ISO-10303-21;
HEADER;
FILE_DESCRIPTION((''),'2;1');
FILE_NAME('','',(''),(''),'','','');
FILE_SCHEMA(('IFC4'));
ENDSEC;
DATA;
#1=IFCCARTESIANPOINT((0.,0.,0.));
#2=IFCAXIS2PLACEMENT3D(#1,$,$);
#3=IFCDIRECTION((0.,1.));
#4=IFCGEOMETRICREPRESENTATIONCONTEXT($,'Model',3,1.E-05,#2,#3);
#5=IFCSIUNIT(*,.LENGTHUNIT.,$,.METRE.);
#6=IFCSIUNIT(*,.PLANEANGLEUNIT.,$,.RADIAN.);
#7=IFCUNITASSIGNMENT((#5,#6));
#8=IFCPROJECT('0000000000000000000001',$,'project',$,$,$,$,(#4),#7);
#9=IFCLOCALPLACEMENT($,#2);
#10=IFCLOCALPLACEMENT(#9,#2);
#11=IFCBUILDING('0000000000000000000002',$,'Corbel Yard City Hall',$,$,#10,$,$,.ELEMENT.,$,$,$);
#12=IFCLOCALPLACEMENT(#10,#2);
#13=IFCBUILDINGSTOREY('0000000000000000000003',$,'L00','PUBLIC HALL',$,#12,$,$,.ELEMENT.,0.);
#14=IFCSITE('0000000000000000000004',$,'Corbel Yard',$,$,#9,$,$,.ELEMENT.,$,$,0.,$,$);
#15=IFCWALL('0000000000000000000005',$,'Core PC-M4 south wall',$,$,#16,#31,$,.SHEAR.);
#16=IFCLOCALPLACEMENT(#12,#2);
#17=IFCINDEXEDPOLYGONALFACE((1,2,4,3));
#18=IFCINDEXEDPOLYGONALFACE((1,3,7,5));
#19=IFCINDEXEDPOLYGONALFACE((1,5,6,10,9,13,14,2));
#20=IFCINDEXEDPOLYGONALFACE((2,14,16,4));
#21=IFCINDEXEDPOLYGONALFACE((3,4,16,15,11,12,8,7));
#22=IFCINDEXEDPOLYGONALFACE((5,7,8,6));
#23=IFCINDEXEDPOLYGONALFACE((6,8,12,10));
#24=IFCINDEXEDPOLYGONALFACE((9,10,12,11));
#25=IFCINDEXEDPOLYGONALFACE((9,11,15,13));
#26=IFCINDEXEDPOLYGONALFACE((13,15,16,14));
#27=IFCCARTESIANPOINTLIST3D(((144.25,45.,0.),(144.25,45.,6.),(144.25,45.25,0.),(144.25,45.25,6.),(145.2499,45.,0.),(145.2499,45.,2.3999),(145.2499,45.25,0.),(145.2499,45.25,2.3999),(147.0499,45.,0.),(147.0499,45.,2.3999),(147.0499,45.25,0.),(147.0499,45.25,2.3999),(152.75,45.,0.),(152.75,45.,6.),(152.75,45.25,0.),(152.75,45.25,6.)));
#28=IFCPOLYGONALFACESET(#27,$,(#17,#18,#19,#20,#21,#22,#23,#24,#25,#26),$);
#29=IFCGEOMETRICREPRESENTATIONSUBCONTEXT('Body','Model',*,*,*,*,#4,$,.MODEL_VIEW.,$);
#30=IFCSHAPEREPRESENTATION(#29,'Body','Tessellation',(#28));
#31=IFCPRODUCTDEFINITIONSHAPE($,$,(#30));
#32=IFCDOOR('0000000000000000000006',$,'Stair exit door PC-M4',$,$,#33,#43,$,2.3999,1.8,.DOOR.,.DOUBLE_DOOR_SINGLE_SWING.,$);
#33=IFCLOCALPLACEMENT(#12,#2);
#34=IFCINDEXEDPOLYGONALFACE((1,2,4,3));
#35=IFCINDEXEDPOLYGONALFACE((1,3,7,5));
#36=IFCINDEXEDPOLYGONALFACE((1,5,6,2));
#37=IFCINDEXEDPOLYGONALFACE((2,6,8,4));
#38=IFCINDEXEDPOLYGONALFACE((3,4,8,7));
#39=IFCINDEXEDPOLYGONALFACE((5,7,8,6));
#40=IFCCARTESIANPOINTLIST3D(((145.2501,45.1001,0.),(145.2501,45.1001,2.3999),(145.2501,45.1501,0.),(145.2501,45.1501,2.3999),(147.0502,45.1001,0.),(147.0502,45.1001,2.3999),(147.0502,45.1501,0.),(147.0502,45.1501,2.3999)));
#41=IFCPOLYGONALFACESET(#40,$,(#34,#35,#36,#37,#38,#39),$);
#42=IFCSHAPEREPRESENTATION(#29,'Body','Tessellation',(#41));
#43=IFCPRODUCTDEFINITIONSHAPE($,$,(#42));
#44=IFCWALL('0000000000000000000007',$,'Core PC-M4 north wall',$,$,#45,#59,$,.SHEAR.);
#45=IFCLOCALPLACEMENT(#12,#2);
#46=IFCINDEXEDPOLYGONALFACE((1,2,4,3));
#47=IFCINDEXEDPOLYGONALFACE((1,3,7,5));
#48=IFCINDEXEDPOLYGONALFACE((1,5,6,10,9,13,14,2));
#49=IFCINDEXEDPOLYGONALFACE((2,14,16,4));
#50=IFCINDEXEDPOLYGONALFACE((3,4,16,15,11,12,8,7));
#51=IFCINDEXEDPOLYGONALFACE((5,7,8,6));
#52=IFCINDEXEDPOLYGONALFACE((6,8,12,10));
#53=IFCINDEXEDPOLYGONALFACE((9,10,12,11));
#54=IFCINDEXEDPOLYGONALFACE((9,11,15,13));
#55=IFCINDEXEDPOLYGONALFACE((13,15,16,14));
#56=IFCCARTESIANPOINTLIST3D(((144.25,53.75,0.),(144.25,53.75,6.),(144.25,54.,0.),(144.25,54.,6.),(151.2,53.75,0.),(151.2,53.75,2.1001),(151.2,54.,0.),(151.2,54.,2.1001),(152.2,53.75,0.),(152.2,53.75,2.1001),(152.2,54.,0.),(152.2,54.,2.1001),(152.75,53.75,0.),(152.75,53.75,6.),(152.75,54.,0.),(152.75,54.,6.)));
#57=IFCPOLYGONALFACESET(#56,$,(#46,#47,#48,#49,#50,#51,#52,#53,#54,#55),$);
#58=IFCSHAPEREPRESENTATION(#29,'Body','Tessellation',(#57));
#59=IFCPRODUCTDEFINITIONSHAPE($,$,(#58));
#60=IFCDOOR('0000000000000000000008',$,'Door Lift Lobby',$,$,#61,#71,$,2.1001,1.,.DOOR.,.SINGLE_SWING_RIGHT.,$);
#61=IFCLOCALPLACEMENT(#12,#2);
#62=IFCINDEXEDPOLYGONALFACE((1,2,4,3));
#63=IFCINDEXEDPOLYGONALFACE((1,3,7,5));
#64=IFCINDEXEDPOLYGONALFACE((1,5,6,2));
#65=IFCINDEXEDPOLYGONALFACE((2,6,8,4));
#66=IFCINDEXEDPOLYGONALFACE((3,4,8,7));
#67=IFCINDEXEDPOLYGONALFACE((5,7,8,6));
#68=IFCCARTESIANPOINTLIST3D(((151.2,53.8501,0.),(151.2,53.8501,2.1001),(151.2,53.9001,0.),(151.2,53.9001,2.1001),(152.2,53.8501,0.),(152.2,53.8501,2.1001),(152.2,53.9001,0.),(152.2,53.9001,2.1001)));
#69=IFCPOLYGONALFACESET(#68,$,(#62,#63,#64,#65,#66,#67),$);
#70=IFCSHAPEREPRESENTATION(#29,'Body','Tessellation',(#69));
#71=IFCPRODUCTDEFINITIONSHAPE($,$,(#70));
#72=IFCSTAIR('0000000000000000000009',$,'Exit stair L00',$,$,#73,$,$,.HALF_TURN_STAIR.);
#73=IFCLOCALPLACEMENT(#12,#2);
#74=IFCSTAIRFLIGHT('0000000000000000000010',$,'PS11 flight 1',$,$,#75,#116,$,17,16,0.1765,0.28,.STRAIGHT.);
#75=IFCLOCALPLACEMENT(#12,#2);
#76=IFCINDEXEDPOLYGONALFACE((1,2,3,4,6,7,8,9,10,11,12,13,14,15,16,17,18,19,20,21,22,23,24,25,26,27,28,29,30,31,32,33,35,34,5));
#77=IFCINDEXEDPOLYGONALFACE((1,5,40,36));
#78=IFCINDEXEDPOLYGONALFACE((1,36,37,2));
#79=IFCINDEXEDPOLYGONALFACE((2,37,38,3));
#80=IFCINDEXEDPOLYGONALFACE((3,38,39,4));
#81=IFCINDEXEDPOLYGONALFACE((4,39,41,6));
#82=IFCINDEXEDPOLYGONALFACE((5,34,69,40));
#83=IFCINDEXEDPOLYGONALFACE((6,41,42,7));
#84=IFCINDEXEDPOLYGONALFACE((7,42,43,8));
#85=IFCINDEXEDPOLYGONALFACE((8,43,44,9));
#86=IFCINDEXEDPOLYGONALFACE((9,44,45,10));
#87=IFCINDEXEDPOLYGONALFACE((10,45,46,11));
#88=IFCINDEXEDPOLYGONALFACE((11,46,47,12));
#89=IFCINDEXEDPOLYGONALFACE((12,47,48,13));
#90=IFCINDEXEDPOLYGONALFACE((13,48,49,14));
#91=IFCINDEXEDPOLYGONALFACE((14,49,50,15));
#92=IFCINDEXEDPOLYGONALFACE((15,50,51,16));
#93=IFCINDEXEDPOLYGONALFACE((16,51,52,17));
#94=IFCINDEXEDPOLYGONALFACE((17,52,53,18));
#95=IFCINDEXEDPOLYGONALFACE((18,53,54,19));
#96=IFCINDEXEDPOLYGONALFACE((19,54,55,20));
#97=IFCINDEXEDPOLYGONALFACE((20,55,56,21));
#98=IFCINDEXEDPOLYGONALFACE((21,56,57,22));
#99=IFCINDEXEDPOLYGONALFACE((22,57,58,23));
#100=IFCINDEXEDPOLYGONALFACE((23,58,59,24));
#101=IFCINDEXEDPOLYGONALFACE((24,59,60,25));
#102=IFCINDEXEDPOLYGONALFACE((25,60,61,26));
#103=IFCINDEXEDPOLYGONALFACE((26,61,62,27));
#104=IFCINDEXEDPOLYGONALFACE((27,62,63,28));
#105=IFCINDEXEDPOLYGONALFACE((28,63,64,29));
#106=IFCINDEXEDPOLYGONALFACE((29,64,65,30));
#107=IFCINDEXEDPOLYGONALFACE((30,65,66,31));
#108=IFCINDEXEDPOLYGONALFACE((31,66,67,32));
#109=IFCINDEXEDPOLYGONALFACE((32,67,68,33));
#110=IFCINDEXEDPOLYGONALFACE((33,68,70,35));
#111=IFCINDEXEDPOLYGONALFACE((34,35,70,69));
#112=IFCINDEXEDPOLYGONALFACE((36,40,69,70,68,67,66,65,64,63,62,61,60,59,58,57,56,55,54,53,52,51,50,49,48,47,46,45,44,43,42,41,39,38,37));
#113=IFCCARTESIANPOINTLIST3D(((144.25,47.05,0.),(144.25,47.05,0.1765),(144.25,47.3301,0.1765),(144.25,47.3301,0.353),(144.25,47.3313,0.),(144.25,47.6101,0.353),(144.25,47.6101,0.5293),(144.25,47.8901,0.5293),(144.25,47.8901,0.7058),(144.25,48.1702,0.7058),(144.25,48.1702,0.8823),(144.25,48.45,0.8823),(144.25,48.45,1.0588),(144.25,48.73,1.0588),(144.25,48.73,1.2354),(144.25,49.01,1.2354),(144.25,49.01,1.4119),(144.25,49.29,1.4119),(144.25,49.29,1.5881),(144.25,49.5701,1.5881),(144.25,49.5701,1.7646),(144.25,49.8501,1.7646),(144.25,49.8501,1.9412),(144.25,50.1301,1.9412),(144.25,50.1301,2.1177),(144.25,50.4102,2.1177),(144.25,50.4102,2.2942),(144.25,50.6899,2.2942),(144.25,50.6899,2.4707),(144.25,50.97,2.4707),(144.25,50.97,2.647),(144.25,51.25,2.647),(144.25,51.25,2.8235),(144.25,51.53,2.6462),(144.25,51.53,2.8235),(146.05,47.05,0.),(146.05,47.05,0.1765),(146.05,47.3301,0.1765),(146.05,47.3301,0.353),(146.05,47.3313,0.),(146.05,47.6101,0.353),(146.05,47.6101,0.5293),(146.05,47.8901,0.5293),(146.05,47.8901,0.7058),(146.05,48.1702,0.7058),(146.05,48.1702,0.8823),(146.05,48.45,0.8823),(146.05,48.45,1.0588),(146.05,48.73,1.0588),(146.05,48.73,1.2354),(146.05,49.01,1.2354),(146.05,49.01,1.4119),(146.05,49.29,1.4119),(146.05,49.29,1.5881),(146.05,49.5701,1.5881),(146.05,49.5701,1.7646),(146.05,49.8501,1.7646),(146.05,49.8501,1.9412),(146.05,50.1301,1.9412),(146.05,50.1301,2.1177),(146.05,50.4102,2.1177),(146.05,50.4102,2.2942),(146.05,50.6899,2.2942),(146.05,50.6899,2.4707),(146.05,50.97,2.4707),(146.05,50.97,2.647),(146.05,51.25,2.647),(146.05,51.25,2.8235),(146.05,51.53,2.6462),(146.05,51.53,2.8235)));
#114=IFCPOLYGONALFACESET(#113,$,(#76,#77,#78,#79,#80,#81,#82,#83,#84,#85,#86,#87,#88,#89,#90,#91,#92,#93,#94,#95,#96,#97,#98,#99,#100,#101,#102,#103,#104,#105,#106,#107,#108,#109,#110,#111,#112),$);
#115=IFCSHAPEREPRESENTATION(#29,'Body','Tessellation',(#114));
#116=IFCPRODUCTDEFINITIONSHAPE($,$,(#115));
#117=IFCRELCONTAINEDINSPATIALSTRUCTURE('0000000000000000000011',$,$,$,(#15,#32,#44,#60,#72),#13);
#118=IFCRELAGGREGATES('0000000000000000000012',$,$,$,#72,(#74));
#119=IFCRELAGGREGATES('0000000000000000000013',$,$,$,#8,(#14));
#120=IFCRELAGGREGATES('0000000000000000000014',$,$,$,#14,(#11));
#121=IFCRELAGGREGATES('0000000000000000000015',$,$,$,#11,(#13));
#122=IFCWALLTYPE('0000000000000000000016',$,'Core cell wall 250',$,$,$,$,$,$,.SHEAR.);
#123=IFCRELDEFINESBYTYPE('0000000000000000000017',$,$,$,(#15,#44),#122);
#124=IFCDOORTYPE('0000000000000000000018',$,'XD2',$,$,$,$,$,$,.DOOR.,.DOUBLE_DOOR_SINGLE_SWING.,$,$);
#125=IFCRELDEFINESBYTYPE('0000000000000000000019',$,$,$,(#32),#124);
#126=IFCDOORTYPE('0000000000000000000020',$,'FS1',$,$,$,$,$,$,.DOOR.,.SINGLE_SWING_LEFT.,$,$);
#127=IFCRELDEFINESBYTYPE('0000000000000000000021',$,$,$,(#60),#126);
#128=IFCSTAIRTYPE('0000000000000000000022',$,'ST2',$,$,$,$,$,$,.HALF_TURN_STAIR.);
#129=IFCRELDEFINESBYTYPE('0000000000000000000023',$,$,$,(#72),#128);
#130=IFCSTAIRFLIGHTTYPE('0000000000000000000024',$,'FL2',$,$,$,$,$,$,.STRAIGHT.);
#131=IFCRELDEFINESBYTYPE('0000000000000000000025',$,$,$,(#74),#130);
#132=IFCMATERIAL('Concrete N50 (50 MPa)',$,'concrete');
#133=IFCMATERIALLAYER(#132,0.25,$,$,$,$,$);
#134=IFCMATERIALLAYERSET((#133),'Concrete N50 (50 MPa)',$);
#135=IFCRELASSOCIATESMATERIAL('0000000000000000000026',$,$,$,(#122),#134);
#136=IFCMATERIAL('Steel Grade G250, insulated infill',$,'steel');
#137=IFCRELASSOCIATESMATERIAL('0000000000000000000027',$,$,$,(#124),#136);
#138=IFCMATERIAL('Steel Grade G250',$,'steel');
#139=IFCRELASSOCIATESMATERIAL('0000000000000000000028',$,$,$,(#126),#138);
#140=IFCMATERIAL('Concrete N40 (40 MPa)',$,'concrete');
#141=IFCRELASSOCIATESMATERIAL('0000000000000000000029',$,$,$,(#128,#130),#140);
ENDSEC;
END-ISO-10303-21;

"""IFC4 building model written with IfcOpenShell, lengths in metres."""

from ifc_helpers import new_model, si_unit, direction, frame, frame_2d, origin, place, context, subcontext, project, spatial, polyline, rectangle, outline, extrude, material, layer, layer_set, type_object, element, fill, aggregate, save


model = new_model("IFC4")

# Units and contexts
model_context = context("Model", 3, precision=1e-05, world=origin(), true_north=direction((0.0, 1.0)))
body_context = subcontext(model_context, "Body", "Model", "MODEL_VIEW")
ifc_project = project(units=[si_unit("LENGTHUNIT", "METRE"), si_unit("PLANEANGLEUNIT", "RADIAN")], contexts=[model_context])

# Site, building, storey
site_placement = place(None, origin())
site = spatial("IfcSite", under=ifc_project, at=site_placement, Name="Corbel Yard", CompositionType="ELEMENT", RefElevation=0.0)
building_placement = place(site_placement, origin())
building = spatial("IfcBuilding", under=site, at=building_placement, Name="Corbel Yard City Hall", CompositionType="ELEMENT")
storey_placement = place(building_placement, origin())
storey = spatial("IfcBuildingStorey", under=building, at=storey_placement, Name="L00", Description="PUBLIC HALL", CompositionType="ELEMENT", Elevation=0.0)

# Shared definitions
ifc_material_1 = material(Name="Concrete N40 (40 MPa)", Category="concrete")

# Shared definitions
ifc_material_2 = material(Name="Concrete N50 (50 MPa)", Category="concrete")
ifc_material_3 = material(Name="Steel Grade G250", Category="steel")

# Shared definitions
ifc_layer_1 = layer(ifc_material_2, 0.25)
ifc_layer_set_1 = layer_set([ifc_layer_1], Name="Concrete N50 (50 MPa)")
wall_type_1 = type_object("IfcWallType", Name="Core cell wall 250", PredefinedType="SHEAR", material=ifc_layer_set_1)

# Walls, openings, doors
wall_1_placement = place(storey_placement, frame((144.25, 45.125, 0.0), z_axis=(0.0, 0.0, 1.0), x_axis=(1.0, 0.0, 0.0)))
wall_1 = element("IfcWall", 1, at=wall_1_placement, inside=storey, type_object=wall_type_1, Name="Core PC-M4 south wall", PredefinedType="SHEAR", context=body_context, shape_type="SweptSolid", body=[
    extrude(rectangle(XDim=8.5, YDim=0.25, at=frame_2d((4.25, 0.0))), origin(), (0.0, 0.0, 1.0), 6.0),
])
opening_1_placement = place(wall_1_placement, frame((1.0, 0.0, 0.0)))
opening_1 = element("IfcOpeningElement", 2, at=opening_1_placement, cuts=wall_1, PredefinedType="OPENING", context=body_context, shape_type="SweptSolid", body=[
    extrude(rectangle(XDim=1.8, YDim=2.3999, at=frame_2d((0.8999, 1.2))), frame((0.0, 0.135, 0.0), z_axis=(0.0, -1.0, 0.0), x_axis=(1.0, 0.0, 0.0)), (0.0, 0.0, 1.0), 0.27),
])
ifc_material_4 = material(Name="Steel Grade G250, insulated infill", Category="steel")
door_type_1 = type_object("IfcDoorType", Name="XD2", OperationType="DOUBLE_DOOR_SINGLE_SWING", PredefinedType="DOOR", material=ifc_material_4)
door_1_placement = place(opening_1_placement, frame((1.8, 0.0, 0.0), z_axis=(0.0, 0.0, 1.0), x_axis=(-1.0, 0.0, 0.0)))
door_1 = element("IfcDoor", 3, at=door_1_placement, inside=storey, type_object=door_type_1, Name="Stair exit door PC-M4", OperationType="DOUBLE_DOOR_SINGLE_SWING", OverallHeight=2.3999, OverallWidth=1.8, PredefinedType="DOOR", context=body_context, shape_type="SweptSolid", body=[
    extrude(rectangle(XDim=1.8, YDim=2.3999, at=frame_2d((0.8999, 1.2))), frame((0.0, 0.0249, 0.0), z_axis=(0.0, -1.0, 0.0), x_axis=(1.0, 0.0, 0.0)), (0.0, 0.0, 1.0), 0.05),
])
fill(opening_1, door_1)
wall_2_placement = place(storey_placement, frame((144.25, 53.875, 0.0), z_axis=(0.0, 0.0, 1.0), x_axis=(1.0, 0.0, 0.0)))
wall_2 = element("IfcWall", 4, at=wall_2_placement, inside=storey, type_object=wall_type_1, Name="Core PC-M4 north wall", PredefinedType="SHEAR", context=body_context, shape_type="SweptSolid", body=[
    extrude(rectangle(XDim=8.5, YDim=0.25, at=frame_2d((4.25, 0.0))), origin(), (0.0, 0.0, 1.0), 6.0),
])
opening_2_placement = place(wall_2_placement, frame((6.95, 0.0, 0.0)))
opening_2 = element("IfcOpeningElement", 5, at=opening_2_placement, cuts=wall_2, PredefinedType="OPENING", context=body_context, shape_type="SweptSolid", body=[
    extrude(rectangle(XDim=1.0, YDim=2.1001, at=frame_2d((0.5, 1.05))), frame((0.0, 0.135, 0.0), z_axis=(0.0, -1.0, 0.0), x_axis=(1.0, 0.0, 0.0)), (0.0, 0.0, 1.0), 0.27),
])
door_type_2 = type_object("IfcDoorType", Name="FS1", OperationType="SINGLE_SWING_LEFT", PredefinedType="DOOR", material=ifc_material_3)
door_2_placement = place(opening_2_placement, frame((1.0, 0.0, 0.0), z_axis=(0.0, 0.0, 1.0), x_axis=(-1.0, 0.0, 0.0)))
door_2 = element("IfcDoor", 6, at=door_2_placement, inside=storey, type_object=door_type_2, Name="Door Lift Lobby", OperationType="SINGLE_SWING_RIGHT", OverallHeight=2.1001, OverallWidth=1.0, PredefinedType="DOOR", context=body_context, shape_type="SweptSolid", body=[
    extrude(rectangle(XDim=1.0, YDim=2.1001, at=frame_2d((0.5, 1.05))), frame((0.0, 0.0249, 0.0), z_axis=(0.0, -1.0, 0.0), x_axis=(1.0, 0.0, 0.0)), (0.0, 0.0, 1.0), 0.05),
])
fill(opening_2, door_2)

# Stair, stair flight
stair_type = type_object("IfcStairType", Name="ST2", PredefinedType="HALF_TURN_STAIR", material=ifc_material_1)
stair_placement = place(storey_placement, origin())
stair = element("IfcStair", 7, at=stair_placement, inside=storey, type_object=stair_type, Name="Exit stair L00", PredefinedType="HALF_TURN_STAIR")
stair_flight_type = type_object("IfcStairFlightType", Name="FL2", PredefinedType="STRAIGHT", material=ifc_material_1)
stair_flight_placement = place(storey_placement, frame((145.1499, 47.05, 0.0), z_axis=(0.0, 0.0, 1.0), x_axis=(0.0, 1.0, 0.0)))
stair_flight = element("IfcStairFlight", 8, at=stair_flight_placement, type_object=stair_flight_type, Name="PS11 flight 1", NumberOfRisers=17, NumberOfTreads=16, PredefinedType="STRAIGHT", RiserHeight=0.1765, TreadLength=0.28, context=body_context, shape_type="SweptSolid", body=[
    extrude(outline(polyline([(0.0, 0.0), (0.0, 0.1765), (0.28, 0.1765), (0.28, 0.353), (0.5601, 0.353), (0.5601, 0.5293), (0.8401, 0.5293), (0.8401, 0.7058), (1.1201, 0.7058), (1.1201, 0.8823), (1.3999, 0.8823), (1.3999, 1.0588), (1.6799, 1.0588), (1.6799, 1.2354), (1.96, 1.2354), (1.96, 1.4119), (2.24, 1.4119), (2.24, 1.5881), (2.52, 1.5881), (2.52, 1.7646), (2.8, 1.7646), (2.8, 1.9412), (3.0801, 1.9412), (3.0801, 2.1177), (3.3601, 2.1177), (3.3601, 2.2942), (3.6399, 2.2942), (3.6399, 2.4707), (3.9199, 2.4707), (3.9199, 2.647), (4.2, 2.647), (4.2, 2.8235), (4.48, 2.8235), (4.48, 3.0), (4.48, 2.6462), (0.2812, 0.0), (0.0, 0.0)])), frame((0.0, 0.8999, 0.0), z_axis=(0.0, -1.0, 0.0), x_axis=(1.0, 0.0, 0.0)), (0.0, 0.0, 1.0), 1.8),
])
aggregate(stair, [stair_flight])

save(model, "model.ifc")
